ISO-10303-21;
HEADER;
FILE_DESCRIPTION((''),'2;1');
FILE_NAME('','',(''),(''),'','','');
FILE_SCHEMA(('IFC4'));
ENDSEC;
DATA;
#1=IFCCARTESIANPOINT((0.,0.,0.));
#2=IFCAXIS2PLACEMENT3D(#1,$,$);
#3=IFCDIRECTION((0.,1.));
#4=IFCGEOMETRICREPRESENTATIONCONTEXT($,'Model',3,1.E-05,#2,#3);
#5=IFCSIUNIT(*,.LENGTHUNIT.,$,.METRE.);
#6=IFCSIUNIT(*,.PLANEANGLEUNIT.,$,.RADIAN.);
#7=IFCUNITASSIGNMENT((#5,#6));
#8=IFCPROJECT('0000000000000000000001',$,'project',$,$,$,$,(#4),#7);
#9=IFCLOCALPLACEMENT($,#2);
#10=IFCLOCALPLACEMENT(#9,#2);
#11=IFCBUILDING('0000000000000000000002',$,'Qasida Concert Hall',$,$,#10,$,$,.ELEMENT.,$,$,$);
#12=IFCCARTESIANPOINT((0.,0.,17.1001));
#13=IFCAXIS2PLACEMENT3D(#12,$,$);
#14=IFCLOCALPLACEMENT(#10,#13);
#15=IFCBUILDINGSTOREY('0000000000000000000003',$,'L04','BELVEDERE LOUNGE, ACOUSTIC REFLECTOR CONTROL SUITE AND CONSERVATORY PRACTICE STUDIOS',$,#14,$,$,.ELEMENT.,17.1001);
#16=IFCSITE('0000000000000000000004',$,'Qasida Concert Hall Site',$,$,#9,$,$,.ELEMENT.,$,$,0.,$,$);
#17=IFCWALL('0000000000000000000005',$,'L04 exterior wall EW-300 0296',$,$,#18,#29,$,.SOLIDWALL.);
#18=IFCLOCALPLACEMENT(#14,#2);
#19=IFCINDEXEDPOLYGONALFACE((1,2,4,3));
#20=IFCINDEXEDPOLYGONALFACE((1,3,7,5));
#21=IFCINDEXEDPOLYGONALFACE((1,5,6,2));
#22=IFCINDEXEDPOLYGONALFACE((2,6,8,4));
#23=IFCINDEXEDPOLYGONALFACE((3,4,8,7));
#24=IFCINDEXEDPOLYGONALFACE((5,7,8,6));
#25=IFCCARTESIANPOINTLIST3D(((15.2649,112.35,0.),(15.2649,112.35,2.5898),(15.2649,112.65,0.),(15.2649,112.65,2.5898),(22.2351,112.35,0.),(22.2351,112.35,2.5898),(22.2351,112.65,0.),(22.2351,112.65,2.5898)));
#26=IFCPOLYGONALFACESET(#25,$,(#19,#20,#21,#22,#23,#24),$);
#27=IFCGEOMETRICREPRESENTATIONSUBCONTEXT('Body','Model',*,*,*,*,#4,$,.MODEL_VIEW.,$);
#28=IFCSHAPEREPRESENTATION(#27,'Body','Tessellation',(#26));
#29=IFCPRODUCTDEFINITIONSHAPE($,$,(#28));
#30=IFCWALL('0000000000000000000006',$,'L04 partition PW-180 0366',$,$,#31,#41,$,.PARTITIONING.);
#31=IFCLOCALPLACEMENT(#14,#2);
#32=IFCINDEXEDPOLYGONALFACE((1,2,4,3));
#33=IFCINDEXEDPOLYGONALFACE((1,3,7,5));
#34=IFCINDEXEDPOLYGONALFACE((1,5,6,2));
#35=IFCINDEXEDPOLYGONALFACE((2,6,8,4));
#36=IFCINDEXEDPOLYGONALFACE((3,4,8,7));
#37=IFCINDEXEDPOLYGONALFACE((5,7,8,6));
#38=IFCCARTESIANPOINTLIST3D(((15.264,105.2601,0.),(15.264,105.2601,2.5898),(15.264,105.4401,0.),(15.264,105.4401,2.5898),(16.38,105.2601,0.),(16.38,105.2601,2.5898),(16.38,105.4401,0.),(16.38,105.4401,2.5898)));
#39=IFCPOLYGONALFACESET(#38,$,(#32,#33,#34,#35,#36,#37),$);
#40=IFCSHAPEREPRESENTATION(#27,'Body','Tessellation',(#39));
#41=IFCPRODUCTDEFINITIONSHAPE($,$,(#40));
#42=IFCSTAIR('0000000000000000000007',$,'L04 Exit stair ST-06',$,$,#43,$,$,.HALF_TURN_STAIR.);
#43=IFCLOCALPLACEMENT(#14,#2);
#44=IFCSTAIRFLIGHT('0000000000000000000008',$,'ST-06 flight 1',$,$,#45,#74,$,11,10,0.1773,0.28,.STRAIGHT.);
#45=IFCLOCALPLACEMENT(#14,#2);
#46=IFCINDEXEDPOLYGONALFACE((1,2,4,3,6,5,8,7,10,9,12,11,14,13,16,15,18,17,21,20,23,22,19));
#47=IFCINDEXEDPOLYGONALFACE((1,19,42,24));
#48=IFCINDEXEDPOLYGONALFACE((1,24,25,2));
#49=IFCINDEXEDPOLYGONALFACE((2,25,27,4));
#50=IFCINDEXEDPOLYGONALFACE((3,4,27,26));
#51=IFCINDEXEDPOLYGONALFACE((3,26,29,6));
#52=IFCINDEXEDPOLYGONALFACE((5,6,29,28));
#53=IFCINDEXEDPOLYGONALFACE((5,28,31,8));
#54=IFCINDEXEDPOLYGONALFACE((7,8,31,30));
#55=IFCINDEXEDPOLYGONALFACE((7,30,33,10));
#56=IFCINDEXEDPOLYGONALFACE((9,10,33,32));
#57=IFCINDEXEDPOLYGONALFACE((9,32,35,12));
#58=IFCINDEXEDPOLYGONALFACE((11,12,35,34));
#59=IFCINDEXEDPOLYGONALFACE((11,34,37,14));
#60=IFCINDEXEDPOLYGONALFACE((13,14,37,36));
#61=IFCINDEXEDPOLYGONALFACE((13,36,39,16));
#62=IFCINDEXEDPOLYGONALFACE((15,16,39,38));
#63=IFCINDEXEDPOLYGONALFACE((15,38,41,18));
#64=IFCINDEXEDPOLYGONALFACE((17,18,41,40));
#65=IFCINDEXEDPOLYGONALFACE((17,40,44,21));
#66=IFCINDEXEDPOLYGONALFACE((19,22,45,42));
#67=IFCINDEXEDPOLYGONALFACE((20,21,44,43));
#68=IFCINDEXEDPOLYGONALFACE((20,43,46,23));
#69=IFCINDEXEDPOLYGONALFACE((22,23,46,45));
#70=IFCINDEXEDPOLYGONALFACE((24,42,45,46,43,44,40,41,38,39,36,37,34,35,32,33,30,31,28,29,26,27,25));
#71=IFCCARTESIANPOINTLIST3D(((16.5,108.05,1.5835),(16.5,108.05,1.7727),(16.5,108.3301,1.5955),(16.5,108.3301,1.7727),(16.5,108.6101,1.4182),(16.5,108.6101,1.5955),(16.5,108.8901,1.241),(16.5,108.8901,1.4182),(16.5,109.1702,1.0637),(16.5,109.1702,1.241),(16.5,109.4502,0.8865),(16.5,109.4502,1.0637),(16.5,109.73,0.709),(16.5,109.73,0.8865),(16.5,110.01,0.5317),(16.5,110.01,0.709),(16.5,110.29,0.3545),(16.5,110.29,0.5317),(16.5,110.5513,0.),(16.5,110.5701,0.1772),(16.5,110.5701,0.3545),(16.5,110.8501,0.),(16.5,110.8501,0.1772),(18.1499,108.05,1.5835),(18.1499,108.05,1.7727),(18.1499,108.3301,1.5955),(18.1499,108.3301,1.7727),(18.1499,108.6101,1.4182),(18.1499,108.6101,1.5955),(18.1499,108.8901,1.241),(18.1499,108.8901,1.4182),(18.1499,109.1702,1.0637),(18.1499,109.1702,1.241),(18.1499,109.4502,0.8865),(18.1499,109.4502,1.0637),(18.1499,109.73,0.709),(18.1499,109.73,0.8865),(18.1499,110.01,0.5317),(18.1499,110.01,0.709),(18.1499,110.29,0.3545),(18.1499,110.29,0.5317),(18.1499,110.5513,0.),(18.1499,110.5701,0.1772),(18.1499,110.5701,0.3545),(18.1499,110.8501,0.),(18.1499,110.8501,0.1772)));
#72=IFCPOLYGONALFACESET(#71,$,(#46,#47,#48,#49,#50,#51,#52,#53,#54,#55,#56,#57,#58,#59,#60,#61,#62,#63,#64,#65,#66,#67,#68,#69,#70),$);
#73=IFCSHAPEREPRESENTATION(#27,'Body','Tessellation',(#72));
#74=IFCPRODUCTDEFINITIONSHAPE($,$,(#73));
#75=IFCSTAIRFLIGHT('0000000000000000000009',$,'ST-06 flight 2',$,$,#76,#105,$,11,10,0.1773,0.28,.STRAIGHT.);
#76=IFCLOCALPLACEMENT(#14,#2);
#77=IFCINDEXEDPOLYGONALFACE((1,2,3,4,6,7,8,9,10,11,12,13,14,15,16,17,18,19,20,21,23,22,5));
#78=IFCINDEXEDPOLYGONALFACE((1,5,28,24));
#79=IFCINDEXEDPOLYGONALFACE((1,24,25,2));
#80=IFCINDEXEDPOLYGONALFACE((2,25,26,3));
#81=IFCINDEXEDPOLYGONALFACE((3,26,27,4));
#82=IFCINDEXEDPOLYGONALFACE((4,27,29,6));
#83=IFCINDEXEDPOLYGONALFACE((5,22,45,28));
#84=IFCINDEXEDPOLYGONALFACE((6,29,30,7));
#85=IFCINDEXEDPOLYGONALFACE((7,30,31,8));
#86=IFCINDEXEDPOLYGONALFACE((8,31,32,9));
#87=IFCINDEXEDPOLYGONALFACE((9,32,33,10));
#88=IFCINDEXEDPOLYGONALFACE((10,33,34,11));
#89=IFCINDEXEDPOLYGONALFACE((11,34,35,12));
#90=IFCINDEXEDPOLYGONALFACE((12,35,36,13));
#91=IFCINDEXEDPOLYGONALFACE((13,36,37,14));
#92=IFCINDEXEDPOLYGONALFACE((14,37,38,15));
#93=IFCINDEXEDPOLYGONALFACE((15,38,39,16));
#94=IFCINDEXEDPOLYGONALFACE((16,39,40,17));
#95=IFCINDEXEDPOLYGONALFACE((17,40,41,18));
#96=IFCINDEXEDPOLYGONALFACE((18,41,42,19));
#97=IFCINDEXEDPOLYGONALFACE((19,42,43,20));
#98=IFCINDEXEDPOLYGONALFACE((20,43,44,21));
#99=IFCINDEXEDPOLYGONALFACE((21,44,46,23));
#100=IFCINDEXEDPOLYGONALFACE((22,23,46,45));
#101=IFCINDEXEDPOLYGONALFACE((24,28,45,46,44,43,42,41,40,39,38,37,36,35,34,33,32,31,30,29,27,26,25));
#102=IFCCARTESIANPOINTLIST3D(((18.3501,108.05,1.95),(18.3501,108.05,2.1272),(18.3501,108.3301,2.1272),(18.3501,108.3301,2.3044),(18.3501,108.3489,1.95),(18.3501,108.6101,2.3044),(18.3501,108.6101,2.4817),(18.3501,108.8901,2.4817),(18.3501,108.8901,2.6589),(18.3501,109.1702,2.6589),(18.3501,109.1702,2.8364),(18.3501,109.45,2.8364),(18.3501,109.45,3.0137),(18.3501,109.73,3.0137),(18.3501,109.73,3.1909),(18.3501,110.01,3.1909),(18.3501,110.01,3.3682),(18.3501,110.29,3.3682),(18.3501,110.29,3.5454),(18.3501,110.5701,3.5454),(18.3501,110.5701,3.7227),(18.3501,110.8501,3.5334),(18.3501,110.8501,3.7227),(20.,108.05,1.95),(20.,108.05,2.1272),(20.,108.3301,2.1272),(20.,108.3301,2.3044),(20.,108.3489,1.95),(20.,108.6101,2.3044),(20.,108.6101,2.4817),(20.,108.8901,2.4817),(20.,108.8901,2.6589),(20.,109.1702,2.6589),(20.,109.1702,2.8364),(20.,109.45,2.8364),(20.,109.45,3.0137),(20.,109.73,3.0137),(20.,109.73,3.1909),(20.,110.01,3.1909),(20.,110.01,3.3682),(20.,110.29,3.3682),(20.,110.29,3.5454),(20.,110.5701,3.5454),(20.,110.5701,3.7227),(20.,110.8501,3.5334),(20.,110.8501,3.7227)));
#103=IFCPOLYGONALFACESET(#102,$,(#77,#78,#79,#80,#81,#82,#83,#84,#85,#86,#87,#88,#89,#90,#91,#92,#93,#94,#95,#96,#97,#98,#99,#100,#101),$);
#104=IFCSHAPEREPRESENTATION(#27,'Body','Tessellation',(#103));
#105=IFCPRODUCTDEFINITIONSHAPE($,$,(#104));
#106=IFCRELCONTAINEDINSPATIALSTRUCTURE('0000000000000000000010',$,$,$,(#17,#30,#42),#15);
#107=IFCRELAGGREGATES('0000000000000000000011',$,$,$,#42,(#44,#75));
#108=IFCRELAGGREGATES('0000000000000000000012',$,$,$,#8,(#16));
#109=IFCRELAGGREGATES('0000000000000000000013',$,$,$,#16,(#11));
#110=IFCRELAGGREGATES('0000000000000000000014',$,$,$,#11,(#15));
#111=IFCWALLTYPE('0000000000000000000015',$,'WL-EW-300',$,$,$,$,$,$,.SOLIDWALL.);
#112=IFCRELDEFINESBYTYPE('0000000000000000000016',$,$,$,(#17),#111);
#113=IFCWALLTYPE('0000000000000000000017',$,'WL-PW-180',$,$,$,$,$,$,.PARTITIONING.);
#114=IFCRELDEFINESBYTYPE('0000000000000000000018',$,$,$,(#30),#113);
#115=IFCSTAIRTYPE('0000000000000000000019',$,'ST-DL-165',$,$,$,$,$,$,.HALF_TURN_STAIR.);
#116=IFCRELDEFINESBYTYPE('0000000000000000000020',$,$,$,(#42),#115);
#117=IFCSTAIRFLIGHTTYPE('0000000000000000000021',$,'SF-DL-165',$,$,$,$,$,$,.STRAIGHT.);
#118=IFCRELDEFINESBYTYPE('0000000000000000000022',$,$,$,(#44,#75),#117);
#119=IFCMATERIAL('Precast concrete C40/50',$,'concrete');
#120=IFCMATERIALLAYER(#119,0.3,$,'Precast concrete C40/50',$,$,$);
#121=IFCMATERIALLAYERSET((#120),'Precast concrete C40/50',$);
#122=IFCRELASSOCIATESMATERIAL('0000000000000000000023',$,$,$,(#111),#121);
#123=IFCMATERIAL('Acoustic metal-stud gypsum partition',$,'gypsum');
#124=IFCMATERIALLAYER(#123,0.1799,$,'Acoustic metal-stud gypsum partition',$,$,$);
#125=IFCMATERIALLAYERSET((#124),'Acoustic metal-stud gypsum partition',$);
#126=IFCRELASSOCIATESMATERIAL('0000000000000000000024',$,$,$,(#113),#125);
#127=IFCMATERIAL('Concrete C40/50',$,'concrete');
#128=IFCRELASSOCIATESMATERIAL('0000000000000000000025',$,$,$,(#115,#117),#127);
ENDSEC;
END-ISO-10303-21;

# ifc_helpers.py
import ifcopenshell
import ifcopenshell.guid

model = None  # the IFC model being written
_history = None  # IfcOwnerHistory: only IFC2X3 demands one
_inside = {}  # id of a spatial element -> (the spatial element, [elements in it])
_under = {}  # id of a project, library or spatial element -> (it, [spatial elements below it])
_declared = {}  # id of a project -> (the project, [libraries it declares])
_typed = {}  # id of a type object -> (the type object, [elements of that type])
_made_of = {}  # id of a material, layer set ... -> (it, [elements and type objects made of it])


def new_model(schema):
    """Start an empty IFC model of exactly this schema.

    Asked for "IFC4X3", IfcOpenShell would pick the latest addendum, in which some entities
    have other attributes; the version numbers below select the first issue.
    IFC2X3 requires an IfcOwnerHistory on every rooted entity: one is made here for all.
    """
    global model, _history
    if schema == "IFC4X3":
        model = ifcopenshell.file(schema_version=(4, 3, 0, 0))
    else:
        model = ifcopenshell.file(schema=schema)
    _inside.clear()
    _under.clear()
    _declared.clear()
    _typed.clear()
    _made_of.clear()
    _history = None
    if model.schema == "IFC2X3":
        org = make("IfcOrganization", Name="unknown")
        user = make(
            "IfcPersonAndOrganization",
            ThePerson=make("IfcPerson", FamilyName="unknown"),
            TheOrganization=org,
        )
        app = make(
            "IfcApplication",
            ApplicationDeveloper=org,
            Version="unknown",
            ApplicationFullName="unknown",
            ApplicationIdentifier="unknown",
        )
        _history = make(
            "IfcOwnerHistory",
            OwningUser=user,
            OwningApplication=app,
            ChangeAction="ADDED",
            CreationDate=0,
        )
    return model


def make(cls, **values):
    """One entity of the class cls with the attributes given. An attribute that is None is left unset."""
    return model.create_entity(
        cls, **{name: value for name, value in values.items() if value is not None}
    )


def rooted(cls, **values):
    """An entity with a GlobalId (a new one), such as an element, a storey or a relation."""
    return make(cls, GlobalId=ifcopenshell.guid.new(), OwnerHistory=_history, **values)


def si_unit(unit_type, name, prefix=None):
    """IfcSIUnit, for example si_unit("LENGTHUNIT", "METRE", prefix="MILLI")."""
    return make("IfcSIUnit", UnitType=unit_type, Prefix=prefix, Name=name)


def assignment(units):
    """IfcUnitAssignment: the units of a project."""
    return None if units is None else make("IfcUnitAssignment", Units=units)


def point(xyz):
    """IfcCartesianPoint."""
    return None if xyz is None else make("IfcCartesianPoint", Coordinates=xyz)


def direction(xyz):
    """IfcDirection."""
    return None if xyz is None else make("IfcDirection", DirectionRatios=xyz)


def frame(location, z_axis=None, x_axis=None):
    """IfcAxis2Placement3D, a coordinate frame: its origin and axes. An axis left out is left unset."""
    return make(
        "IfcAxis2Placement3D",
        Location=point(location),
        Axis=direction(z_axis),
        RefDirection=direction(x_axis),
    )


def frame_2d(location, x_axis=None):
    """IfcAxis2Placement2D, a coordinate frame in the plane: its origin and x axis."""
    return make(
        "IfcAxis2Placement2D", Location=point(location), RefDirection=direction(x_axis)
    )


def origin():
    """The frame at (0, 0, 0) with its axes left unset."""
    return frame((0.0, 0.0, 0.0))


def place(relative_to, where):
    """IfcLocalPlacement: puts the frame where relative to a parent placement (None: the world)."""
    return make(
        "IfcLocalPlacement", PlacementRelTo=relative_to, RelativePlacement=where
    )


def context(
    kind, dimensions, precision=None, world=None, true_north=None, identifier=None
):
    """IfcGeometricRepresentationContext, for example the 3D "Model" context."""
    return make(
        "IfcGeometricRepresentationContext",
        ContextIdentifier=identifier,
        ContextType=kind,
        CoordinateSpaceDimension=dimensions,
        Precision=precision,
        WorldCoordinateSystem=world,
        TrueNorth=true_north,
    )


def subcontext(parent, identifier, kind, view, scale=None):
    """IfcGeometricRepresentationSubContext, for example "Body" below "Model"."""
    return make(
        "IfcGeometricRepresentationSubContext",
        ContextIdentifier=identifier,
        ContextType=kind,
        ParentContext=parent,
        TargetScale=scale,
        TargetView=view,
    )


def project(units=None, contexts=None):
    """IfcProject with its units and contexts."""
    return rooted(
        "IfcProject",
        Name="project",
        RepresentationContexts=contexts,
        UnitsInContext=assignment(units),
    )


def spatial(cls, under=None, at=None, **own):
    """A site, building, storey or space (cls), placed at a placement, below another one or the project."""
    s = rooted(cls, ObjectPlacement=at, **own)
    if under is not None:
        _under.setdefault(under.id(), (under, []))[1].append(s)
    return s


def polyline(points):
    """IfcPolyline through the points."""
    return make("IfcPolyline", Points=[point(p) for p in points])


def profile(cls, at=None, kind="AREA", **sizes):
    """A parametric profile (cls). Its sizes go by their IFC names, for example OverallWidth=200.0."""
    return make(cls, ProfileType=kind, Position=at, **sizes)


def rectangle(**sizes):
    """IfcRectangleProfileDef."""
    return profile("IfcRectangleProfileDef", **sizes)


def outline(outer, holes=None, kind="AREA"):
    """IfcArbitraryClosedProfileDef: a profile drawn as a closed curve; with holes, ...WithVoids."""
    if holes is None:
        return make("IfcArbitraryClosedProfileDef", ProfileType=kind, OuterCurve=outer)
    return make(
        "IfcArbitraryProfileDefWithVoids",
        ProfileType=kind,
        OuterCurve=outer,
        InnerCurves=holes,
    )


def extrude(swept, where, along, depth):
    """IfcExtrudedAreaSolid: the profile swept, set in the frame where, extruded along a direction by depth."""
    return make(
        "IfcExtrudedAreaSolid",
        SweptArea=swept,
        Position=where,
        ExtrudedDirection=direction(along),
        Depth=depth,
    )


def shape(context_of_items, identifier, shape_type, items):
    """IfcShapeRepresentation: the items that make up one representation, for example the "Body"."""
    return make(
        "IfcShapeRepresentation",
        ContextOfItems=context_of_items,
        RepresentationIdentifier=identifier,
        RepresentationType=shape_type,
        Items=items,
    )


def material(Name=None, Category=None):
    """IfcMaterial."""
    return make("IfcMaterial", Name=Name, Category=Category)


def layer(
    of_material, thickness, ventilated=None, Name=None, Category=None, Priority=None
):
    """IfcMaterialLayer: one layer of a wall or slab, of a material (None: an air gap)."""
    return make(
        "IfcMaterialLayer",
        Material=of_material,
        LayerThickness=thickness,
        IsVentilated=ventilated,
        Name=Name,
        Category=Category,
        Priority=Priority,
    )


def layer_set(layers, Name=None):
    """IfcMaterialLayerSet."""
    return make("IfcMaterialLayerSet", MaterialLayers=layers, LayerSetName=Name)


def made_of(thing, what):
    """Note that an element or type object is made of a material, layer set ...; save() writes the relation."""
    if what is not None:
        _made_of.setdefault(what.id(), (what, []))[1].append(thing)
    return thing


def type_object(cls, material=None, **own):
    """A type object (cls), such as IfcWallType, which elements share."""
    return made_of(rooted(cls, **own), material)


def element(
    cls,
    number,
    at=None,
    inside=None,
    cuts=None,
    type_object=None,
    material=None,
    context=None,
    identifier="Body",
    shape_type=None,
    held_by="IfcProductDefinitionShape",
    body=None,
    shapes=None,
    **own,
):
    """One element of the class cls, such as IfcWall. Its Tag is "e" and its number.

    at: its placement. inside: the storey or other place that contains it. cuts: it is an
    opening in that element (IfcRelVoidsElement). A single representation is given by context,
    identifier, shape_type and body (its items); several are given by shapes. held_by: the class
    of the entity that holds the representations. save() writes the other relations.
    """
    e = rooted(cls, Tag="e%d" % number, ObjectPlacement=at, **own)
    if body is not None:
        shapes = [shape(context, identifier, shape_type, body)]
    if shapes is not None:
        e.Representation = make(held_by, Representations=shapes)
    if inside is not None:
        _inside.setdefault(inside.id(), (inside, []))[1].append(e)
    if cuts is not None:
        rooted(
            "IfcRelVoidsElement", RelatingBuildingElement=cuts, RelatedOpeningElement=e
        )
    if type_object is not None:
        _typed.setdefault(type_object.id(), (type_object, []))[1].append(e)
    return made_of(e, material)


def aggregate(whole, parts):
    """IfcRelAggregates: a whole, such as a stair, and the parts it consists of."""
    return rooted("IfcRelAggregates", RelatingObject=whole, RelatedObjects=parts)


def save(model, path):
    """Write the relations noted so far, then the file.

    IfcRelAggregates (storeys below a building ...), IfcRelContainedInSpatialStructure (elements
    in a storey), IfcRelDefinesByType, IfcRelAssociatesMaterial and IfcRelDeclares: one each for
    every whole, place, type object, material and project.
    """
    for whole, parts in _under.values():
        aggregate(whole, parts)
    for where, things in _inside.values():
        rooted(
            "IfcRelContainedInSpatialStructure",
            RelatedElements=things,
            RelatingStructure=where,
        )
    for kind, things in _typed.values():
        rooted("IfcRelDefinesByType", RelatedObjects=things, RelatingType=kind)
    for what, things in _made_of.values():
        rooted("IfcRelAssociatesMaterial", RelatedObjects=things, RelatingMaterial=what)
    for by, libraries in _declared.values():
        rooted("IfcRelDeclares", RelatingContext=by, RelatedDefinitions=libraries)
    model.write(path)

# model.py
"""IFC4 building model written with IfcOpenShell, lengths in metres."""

from ifc_helpers import new_model, si_unit, direction, frame, frame_2d, origin, place, context, subcontext, project, spatial, polyline, rectangle, outline, extrude, material, layer, layer_set, type_object, element, aggregate, save


model = new_model("IFC4")

# Units and contexts
model_context = context("Model", 3, precision=1e-05, world=origin(), true_north=direction((0.0, 1.0)))
body_context = subcontext(model_context, "Body", "Model", "MODEL_VIEW")
ifc_project = project(units=[si_unit("LENGTHUNIT", "METRE"), si_unit("PLANEANGLEUNIT", "RADIAN")], contexts=[model_context])

# Site, building, storey
site_placement = place(None, origin())
site = spatial("IfcSite", under=ifc_project, at=site_placement, Name="Qasida Concert Hall Site", CompositionType="ELEMENT", RefElevation=0.0)
building_placement = place(site_placement, origin())
building = spatial("IfcBuilding", under=site, at=building_placement, Name="Qasida Concert Hall", CompositionType="ELEMENT")
storey_placement = place(building_placement, frame((0.0, 0.0, 17.1001)))
storey = spatial("IfcBuildingStorey", under=building, at=storey_placement, Name="L04", Description="BELVEDERE LOUNGE, ACOUSTIC REFLECTOR CONTROL SUITE AND CONSERVATORY PRACTICE STUDIOS", CompositionType="ELEMENT", Elevation=17.1001)

# Shared definitions
ifc_material_1 = material(Name="Concrete C40/50", Category="concrete")

# Walls
ifc_material_2 = material(Name="Precast concrete C40/50", Category="concrete")
ifc_layer_1 = layer(ifc_material_2, 0.3, Name="Precast concrete C40/50")
ifc_layer_set_1 = layer_set([ifc_layer_1], Name="Precast concrete C40/50")
wall_type_1 = type_object("IfcWallType", Name="WL-EW-300", PredefinedType="SOLIDWALL", material=ifc_layer_set_1)
wall_1_placement = place(storey_placement, frame((15.2649, 112.5, 0.0), z_axis=(0.0, 0.0, 1.0), x_axis=(1.0, 0.0, 0.0)))
element("IfcWall", 1, at=wall_1_placement, inside=storey, type_object=wall_type_1, Name="L04 exterior wall EW-300 0296", PredefinedType="SOLIDWALL", context=body_context, shape_type="SweptSolid", body=[
    extrude(rectangle(XDim=6.9702, YDim=0.3, at=frame_2d((3.4851, 0.0))), origin(), (0.0, 0.0, 1.0), 2.5898),
])
ifc_material_3 = material(Name="Acoustic metal-stud gypsum partition", Category="gypsum")
ifc_layer_2 = layer(ifc_material_3, 0.1799, Name="Acoustic metal-stud gypsum partition")
ifc_layer_set_2 = layer_set([ifc_layer_2], Name="Acoustic metal-stud gypsum partition")
wall_type_2 = type_object("IfcWallType", Name="WL-PW-180", PredefinedType="PARTITIONING", material=ifc_layer_set_2)
wall_2_placement = place(storey_placement, frame((15.2639, 105.3501, 0.0), z_axis=(0.0, 0.0, 1.0), x_axis=(1.0, 0.0, 0.0)))
element("IfcWall", 2, at=wall_2_placement, inside=storey, type_object=wall_type_2, Name="L04 partition PW-180 0366", PredefinedType="PARTITIONING", context=body_context, shape_type="SweptSolid", body=[
    extrude(rectangle(XDim=1.116, YDim=0.1799, at=frame_2d((0.5581, 0.0))), origin(), (0.0, 0.0, 1.0), 2.5898),
])

# Stair, stair flights
stair_type = type_object("IfcStairType", Name="ST-DL-165", PredefinedType="HALF_TURN_STAIR", material=ifc_material_1)
stair_placement = place(storey_placement, origin())
stair = element("IfcStair", 3, at=stair_placement, inside=storey, type_object=stair_type, Name="L04 Exit stair ST-06", PredefinedType="HALF_TURN_STAIR")
stair_flight_type = type_object("IfcStairFlightType", Name="SF-DL-165", PredefinedType="STRAIGHT", material=ifc_material_1)
stair_flight_1_placement = place(storey_placement, frame((17.325, 110.8501, 0.0), z_axis=(0.0, 0.0, 1.0), x_axis=(0.0, -1.0, 0.0)))
stair_flight_1 = element("IfcStairFlight", 4, at=stair_flight_1_placement, type_object=stair_flight_type, Name="ST-06 flight 1", NumberOfRisers=11, NumberOfTreads=10, PredefinedType="STRAIGHT", RiserHeight=0.1773, TreadLength=0.28, context=body_context, shape_type="SweptSolid", body=[
    extrude(outline(polyline([(0.0, 0.0), (0.0, 0.1772), (0.28, 0.1772), (0.28, 0.3545), (0.5601, 0.3545), (0.5601, 0.5317), (0.8401, 0.5317), (0.8401, 0.709), (1.1201, 0.709), (1.1201, 0.8865), (1.3999, 0.8865), (1.3999, 1.0637), (1.6799, 1.0637), (1.6799, 1.241), (1.96, 1.241), (1.96, 1.4182), (2.24, 1.4182), (2.24, 1.5955), (2.52, 1.5955), (2.52, 1.7727), (2.8, 1.7727), (2.8, 1.95), (2.8, 1.5835), (0.2988, 0.0), (0.0, 0.0)])), frame((0.0, 0.825, 0.0), z_axis=(0.0, -1.0, 0.0), x_axis=(1.0, 0.0, 0.0)), (0.0, 0.0, 1.0), 1.6499),
])
stair_flight_2_placement = place(storey_placement, frame((19.175, 108.05, 1.95), z_axis=(0.0, 0.0, 1.0), x_axis=(0.0, 1.0, 0.0)))
stair_flight_2 = element("IfcStairFlight", 5, at=stair_flight_2_placement, type_object=stair_flight_type, Name="ST-06 flight 2", NumberOfRisers=11, NumberOfTreads=10, PredefinedType="STRAIGHT", RiserHeight=0.1773, TreadLength=0.28, context=body_context, shape_type="SweptSolid", body=[
    extrude(outline(polyline([(0.0, 0.0), (0.0, 0.1772), (0.28, 0.1772), (0.28, 0.3545), (0.5601, 0.3545), (0.5601, 0.5317), (0.8401, 0.5317), (0.8401, 0.709), (1.1201, 0.709), (1.1201, 0.8865), (1.3999, 0.8865), (1.3999, 1.0637), (1.6799, 1.0637), (1.6799, 1.241), (1.96, 1.241), (1.96, 1.4182), (2.24, 1.4182), (2.24, 1.5955), (2.52, 1.5955), (2.52, 1.7727), (2.8, 1.7727), (2.8, 1.95), (2.8, 1.5835), (0.2988, 0.0), (0.0, 0.0)])), frame((0.0, 0.825, 0.0), z_axis=(0.0, -1.0, 0.0), x_axis=(1.0, 0.0, 0.0)), (0.0, 0.0, 1.0), 1.6499),
])
aggregate(stair, [stair_flight_1, stair_flight_2])

save(model, "model.ifc")
